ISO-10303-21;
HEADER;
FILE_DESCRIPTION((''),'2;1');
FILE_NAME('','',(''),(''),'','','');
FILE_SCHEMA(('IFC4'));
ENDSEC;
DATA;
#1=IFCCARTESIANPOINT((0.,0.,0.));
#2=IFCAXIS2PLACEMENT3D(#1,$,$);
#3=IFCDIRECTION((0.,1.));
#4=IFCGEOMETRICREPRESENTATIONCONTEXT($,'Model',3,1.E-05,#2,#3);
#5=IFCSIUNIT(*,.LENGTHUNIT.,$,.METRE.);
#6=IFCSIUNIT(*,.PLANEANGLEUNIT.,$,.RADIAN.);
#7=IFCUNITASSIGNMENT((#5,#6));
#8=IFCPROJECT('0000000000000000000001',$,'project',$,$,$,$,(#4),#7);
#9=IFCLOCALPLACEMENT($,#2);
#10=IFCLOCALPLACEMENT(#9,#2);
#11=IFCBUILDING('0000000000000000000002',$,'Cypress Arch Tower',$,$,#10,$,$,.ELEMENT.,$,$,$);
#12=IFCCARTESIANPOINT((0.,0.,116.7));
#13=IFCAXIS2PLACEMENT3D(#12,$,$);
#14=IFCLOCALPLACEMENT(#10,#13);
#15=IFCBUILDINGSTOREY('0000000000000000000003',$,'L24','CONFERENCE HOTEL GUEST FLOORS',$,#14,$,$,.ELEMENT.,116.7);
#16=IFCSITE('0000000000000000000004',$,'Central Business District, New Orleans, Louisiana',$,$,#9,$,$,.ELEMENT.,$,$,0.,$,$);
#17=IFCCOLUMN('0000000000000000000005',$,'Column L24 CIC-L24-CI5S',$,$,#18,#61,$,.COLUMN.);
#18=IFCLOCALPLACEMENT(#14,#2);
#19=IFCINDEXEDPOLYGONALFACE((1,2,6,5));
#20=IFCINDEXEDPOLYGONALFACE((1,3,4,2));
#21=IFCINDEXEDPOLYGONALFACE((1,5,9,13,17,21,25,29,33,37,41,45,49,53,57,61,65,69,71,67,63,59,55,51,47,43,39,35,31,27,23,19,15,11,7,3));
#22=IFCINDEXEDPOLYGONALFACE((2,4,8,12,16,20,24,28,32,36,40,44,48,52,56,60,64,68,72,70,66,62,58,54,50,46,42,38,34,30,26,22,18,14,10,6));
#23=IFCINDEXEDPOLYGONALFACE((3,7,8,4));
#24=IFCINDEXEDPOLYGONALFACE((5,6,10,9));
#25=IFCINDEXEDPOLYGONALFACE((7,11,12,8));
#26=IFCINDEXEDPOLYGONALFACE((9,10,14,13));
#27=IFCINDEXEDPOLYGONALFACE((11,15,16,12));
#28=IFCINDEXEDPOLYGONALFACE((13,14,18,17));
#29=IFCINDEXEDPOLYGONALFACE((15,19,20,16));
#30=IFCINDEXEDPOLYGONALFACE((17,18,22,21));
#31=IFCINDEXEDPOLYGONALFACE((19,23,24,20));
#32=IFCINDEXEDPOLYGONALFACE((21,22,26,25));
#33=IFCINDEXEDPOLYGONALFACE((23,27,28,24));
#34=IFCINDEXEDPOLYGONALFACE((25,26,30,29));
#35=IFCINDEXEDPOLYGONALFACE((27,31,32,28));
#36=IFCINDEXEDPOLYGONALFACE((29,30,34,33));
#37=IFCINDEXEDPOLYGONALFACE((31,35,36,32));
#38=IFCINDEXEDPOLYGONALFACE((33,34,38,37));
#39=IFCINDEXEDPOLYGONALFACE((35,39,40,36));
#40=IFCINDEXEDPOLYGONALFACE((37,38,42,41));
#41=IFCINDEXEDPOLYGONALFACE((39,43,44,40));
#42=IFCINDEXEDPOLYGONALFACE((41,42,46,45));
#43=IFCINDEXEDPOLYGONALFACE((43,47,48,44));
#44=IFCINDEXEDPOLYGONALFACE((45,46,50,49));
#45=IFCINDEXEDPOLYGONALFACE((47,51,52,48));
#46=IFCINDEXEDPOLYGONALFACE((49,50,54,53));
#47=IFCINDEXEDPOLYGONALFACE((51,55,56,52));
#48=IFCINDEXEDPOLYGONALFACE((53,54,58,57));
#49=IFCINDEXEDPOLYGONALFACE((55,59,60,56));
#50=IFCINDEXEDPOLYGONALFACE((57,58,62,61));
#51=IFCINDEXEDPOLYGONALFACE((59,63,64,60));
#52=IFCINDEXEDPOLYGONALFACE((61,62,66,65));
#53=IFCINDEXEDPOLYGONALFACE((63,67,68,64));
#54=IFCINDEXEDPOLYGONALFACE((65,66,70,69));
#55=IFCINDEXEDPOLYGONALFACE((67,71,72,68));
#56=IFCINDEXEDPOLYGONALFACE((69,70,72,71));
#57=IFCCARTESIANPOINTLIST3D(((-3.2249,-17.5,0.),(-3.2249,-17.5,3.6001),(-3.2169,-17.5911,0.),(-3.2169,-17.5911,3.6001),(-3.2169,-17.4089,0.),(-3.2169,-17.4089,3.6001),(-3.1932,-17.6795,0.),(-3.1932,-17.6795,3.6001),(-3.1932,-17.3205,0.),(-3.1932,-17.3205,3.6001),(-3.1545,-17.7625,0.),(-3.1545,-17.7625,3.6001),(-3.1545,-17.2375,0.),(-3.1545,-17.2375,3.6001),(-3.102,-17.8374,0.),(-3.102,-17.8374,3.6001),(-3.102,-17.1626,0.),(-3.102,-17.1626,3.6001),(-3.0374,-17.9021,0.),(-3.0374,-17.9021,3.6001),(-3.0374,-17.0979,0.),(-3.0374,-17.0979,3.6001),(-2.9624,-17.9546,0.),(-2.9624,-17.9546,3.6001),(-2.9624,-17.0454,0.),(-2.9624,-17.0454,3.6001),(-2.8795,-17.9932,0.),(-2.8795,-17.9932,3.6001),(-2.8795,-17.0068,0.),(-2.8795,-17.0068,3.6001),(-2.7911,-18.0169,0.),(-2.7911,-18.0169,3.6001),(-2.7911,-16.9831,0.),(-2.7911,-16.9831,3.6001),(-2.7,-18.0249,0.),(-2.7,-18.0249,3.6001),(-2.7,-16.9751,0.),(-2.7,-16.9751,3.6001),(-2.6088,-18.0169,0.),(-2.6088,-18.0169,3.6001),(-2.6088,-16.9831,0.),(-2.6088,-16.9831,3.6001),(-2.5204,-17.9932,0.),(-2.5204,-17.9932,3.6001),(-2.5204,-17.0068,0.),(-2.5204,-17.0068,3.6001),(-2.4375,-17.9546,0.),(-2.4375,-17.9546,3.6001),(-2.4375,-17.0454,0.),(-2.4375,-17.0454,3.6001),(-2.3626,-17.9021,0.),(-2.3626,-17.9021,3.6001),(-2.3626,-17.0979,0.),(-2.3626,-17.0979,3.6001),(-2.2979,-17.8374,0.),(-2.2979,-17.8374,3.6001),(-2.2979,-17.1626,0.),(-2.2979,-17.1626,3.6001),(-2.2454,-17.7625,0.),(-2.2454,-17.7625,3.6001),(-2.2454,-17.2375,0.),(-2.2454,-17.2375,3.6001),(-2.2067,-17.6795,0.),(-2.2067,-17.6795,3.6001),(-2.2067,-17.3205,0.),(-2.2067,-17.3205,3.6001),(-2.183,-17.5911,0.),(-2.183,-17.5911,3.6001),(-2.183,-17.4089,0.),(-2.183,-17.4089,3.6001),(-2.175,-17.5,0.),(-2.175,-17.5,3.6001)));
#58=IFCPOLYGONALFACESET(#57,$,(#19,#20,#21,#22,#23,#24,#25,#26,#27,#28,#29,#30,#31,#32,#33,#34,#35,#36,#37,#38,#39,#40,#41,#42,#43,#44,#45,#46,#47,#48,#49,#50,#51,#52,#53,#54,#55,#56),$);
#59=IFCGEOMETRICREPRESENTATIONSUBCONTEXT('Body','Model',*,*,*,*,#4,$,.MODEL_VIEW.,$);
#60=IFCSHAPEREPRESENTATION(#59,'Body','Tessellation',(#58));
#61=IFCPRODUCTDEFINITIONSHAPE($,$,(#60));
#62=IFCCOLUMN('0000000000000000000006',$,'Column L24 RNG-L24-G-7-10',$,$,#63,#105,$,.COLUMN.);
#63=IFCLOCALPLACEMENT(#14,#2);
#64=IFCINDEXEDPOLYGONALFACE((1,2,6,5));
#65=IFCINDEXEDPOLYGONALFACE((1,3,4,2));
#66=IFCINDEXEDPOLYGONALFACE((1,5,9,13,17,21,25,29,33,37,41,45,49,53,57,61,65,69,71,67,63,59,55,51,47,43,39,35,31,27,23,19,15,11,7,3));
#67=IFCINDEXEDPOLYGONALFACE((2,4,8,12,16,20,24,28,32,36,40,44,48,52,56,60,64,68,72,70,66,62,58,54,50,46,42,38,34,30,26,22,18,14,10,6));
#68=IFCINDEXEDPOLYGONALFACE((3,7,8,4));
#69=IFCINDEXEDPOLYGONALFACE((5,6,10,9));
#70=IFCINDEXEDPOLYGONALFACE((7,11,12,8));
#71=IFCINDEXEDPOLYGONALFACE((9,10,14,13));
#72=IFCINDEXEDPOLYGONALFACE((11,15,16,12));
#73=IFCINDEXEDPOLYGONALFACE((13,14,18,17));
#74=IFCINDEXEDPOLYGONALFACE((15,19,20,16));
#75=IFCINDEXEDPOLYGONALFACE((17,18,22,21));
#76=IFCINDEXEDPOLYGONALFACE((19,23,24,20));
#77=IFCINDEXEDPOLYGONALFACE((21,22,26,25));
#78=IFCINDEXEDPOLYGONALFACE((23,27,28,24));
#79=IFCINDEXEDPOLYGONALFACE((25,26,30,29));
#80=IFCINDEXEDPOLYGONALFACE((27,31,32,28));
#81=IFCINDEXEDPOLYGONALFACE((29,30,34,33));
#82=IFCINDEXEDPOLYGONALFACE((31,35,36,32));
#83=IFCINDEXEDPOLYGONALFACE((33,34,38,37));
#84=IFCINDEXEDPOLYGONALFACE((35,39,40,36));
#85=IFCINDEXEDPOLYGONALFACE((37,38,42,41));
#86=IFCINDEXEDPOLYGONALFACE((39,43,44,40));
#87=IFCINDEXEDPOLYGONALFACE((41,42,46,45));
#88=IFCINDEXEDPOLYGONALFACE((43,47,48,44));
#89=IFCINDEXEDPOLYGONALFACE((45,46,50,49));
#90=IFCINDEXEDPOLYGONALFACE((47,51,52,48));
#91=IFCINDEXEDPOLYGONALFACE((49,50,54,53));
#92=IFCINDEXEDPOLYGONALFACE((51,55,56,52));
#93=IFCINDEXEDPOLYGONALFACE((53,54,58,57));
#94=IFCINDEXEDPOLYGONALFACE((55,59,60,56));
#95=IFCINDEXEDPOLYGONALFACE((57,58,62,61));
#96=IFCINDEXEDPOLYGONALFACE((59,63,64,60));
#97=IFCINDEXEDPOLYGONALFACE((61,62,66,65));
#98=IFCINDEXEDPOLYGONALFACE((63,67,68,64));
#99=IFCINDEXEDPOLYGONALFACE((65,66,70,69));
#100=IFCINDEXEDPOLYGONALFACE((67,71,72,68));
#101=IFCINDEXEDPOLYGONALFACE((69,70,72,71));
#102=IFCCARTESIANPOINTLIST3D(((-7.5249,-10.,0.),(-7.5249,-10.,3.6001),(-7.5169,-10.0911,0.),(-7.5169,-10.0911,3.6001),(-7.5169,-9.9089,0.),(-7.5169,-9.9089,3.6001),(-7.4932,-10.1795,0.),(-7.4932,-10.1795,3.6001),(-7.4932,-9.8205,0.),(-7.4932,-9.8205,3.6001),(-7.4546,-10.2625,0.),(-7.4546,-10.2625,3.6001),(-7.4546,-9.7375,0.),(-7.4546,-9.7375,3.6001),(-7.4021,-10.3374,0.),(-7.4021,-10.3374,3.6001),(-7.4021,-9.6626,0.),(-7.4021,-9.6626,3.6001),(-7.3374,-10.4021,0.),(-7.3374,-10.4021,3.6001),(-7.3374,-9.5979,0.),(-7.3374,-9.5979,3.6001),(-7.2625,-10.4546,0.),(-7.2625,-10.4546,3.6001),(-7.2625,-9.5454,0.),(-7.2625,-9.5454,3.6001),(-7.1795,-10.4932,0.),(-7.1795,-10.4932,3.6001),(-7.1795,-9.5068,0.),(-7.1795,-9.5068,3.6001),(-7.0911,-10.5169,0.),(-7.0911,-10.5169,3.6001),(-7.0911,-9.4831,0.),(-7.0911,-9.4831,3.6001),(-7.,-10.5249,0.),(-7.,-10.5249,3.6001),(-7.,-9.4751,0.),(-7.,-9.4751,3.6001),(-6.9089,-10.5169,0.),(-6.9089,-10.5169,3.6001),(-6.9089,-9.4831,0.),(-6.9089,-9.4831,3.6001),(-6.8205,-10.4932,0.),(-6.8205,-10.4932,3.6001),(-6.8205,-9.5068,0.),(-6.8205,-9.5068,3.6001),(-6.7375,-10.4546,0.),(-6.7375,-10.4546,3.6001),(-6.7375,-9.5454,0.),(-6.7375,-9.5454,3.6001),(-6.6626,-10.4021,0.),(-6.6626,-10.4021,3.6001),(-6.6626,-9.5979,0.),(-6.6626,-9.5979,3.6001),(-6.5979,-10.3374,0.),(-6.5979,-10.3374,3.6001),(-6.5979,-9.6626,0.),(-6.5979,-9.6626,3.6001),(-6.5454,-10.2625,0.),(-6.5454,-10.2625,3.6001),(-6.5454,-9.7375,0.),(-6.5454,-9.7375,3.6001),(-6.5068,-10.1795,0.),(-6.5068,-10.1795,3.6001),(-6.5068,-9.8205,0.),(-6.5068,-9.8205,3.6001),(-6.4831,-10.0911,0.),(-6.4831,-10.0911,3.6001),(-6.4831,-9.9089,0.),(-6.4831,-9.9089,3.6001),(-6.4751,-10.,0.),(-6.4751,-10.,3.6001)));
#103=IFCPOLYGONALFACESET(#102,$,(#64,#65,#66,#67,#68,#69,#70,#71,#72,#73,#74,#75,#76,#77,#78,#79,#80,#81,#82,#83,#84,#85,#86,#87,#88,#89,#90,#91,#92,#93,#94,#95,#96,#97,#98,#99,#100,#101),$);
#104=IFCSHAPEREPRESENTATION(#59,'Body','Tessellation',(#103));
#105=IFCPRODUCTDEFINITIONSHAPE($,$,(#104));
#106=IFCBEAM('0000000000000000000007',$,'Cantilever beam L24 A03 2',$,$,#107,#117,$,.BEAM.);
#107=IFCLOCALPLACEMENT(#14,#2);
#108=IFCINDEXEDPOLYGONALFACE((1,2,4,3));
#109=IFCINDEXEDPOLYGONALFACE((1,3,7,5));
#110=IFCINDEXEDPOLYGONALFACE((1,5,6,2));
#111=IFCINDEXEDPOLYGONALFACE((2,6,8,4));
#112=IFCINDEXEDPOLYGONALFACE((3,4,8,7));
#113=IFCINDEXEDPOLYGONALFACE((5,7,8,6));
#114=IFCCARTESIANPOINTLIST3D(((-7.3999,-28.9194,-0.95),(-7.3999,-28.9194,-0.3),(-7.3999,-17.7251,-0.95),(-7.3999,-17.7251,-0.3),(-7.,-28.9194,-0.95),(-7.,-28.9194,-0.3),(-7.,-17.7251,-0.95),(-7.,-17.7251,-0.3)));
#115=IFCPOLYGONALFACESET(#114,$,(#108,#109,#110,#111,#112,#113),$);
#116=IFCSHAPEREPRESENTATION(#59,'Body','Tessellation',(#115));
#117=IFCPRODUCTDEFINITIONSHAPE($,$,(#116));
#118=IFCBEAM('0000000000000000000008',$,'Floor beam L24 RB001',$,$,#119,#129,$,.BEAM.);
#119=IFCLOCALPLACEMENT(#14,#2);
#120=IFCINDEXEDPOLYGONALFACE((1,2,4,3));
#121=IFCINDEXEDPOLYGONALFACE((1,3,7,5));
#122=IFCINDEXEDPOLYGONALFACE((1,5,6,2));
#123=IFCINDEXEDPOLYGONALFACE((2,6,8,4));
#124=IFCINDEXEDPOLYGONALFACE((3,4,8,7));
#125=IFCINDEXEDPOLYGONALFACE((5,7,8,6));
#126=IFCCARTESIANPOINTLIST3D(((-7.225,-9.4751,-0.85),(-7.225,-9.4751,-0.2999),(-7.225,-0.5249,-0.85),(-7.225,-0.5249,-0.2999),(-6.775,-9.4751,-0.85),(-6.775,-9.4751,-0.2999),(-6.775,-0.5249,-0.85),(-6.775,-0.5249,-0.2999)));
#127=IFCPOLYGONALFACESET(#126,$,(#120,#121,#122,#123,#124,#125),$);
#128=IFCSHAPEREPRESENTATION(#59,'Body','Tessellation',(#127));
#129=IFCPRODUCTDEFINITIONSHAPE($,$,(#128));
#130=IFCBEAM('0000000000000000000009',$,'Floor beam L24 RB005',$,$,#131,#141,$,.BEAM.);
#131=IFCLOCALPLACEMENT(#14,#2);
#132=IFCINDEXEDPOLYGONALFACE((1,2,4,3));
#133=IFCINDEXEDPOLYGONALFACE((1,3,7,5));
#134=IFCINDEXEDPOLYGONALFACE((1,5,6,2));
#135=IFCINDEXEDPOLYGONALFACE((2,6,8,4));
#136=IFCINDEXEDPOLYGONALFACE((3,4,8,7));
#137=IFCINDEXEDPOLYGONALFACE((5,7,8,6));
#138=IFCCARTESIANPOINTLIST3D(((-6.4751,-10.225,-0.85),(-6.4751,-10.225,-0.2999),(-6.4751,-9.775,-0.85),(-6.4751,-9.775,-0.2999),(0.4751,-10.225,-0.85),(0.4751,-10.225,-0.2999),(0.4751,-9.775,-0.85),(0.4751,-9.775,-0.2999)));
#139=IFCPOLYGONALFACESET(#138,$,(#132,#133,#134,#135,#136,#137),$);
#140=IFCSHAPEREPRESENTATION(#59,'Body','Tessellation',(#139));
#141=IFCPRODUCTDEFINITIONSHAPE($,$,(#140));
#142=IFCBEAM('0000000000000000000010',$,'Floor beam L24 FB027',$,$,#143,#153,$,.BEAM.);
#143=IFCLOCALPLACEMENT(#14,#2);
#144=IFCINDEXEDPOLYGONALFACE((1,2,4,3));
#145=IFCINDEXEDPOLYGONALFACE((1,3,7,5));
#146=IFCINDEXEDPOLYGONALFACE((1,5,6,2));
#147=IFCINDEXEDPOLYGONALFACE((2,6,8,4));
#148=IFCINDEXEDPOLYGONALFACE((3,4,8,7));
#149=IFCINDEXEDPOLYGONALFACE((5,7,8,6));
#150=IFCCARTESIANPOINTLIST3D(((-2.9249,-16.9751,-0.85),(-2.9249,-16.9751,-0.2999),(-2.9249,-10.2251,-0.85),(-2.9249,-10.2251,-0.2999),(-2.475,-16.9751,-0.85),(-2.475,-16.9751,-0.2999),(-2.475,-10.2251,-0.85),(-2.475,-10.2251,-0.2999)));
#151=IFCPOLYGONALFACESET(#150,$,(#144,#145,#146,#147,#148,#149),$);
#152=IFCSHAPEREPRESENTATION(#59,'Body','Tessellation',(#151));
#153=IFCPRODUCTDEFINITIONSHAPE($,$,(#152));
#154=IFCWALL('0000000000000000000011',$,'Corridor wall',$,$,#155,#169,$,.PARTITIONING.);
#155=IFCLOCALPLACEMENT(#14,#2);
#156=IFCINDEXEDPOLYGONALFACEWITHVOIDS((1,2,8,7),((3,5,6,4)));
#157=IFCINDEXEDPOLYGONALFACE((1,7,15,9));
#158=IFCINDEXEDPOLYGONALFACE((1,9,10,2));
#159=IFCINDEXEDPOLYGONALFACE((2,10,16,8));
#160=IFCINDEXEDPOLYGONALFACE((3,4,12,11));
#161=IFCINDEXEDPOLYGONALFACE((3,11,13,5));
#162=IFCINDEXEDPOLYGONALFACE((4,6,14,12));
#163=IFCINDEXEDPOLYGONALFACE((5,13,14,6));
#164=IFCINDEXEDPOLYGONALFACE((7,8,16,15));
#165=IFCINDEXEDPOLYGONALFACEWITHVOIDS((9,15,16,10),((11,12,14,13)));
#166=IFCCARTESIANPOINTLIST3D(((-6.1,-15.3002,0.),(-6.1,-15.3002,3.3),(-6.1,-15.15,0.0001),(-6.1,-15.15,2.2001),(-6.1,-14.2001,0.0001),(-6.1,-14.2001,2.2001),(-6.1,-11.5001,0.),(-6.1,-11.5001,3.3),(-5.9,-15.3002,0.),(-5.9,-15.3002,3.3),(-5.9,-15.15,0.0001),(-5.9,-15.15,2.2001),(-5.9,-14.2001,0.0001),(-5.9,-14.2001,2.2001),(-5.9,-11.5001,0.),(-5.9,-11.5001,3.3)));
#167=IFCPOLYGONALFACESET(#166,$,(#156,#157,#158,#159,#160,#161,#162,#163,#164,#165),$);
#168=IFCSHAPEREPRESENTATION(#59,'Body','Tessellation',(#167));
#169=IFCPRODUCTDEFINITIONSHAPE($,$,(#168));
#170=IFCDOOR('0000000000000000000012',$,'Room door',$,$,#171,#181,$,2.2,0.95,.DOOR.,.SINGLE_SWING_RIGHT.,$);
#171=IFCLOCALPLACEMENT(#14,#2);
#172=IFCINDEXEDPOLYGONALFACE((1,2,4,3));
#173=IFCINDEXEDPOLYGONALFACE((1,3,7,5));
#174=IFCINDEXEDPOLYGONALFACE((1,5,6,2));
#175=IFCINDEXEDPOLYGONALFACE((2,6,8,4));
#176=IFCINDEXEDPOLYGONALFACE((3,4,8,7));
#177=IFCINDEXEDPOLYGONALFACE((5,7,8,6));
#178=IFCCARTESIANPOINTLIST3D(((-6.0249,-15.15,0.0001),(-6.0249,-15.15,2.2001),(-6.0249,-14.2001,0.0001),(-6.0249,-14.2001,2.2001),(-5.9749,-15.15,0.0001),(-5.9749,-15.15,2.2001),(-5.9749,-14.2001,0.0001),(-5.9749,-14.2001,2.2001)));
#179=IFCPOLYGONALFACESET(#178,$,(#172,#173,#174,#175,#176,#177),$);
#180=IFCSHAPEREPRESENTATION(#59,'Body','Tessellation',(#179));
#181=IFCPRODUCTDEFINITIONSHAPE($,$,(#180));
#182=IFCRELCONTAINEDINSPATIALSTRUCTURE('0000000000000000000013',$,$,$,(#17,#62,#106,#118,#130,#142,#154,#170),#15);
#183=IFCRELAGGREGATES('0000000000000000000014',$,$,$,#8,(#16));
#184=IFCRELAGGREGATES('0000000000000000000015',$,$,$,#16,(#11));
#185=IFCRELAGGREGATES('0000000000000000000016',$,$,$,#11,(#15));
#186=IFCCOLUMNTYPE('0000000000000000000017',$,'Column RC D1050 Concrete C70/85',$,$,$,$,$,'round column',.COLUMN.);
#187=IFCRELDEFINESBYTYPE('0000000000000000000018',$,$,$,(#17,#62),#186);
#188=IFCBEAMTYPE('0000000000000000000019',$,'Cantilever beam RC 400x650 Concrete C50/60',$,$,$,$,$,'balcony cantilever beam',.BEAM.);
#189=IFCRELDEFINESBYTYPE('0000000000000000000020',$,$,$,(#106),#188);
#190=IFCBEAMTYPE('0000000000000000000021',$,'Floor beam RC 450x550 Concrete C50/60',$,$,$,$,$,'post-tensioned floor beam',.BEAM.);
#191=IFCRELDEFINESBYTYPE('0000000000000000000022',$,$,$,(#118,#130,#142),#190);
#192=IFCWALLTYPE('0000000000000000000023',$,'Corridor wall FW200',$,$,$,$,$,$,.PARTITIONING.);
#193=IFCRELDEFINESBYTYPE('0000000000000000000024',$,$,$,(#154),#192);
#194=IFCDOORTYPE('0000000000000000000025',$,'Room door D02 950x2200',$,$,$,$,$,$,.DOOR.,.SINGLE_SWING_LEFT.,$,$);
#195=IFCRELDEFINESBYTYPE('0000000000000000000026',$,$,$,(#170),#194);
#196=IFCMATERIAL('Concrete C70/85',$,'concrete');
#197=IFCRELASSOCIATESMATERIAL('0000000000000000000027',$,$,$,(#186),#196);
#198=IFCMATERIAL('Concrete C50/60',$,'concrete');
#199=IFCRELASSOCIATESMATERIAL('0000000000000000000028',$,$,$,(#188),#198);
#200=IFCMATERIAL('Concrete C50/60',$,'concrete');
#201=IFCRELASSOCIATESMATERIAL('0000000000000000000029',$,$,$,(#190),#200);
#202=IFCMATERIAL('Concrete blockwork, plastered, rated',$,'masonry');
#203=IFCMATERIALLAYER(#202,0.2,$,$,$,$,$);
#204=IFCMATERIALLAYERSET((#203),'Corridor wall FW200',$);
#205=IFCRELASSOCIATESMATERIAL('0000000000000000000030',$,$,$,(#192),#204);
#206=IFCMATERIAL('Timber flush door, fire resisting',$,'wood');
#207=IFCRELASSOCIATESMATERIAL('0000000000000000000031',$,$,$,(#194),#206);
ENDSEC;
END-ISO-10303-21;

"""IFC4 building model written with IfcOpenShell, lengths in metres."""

from ifc_helpers import new_model, si_unit, direction, frame, frame_2d, origin, origin_2d, place, context, subcontext, project, spatial, rectangle, circle, extrude, material, layer, layer_set, material_profile, profile_set, type_object, element, fill, save


model = new_model("IFC4")

# Units and contexts
model_context = context("Model", 3, precision=1e-05, world=origin(), true_north=direction((0.0, 1.0)))
body_context = subcontext(model_context, "Body", "Model", "MODEL_VIEW")
ifc_project = project(units=[si_unit("LENGTHUNIT", "METRE"), si_unit("PLANEANGLEUNIT", "RADIAN")], contexts=[model_context])

# Site, building, storey
site_placement = place(None, origin())
site = spatial("IfcSite", under=ifc_project, at=site_placement, Name="Central Business District, New Orleans, Louisiana", CompositionType="ELEMENT", RefElevation=0.0)
building_placement = place(site_placement, origin())
building = spatial("IfcBuilding", under=site, at=building_placement, Name="Cypress Arch Tower", CompositionType="ELEMENT")
storey_placement = place(building_placement, frame((0.0, 0.0, 116.7)))
storey = spatial("IfcBuildingStorey", under=building, at=storey_placement, Name="L24", Description="CONFERENCE HOTEL GUEST FLOORS", CompositionType="ELEMENT", Elevation=116.7)

# Columns
ifc_material_1 = material(Name="Concrete C70/85", Category="concrete")
ifc_material_profile_1 = material_profile(ifc_material_1, circle(Radius=0.5249, at=origin_2d()), Name="RC D1050")
ifc_profile_set_1 = profile_set([ifc_material_profile_1], Name="Concrete C70/85")
column_type = type_object("IfcColumnType", Name="Column RC D1050 Concrete C70/85", ElementType="round column", PredefinedType="COLUMN", material=ifc_profile_set_1)
for number, where, z_axis, x_axis, name in (
    (1, (-2.7, -17.5, 0.0), (0.0, 0.0, 1.0), (1.0, 0.0, 0.0), "Column L24 CIC-L24-CI5S"),
    (2, (-7.0, -10.0, 0.0), (0.0, 0.0, 1.0), (1.0, 0.0, 0.0), "Column L24 RNG-L24-G-7-10"),
):
    element("IfcColumn", number, at=place(storey_placement, frame(where, z_axis=z_axis, x_axis=x_axis)), inside=storey, type_object=column_type, Name=name, PredefinedType="COLUMN", context=body_context, shape_type="SweptSolid", body=[
        extrude(circle(Radius=0.5249, at=origin_2d()), origin(), (0.0, 0.0, 1.0), 3.6001),
    ])

# Beams
ifc_material_2 = material(Name="Concrete C50/60", Category="concrete")
ifc_material_profile_2 = material_profile(ifc_material_2, rectangle(XDim=0.3999, YDim=0.6499, at=origin_2d()), Name="RC 400x650")
ifc_profile_set_2 = profile_set([ifc_material_profile_2], Name="Concrete C50/60")
beam_type_1 = type_object("IfcBeamType", Name="Cantilever beam RC 400x650 Concrete C50/60", ElementType="balcony cantilever beam", PredefinedType="BEAM", material=ifc_profile_set_2)
beam_1_placement = place(storey_placement, frame((-7.2, -17.7251, -0.625), z_axis=(0.0, -1.0, 0.0), x_axis=(1.0, 0.0, 0.0)))
element("IfcBeam", 3, at=beam_1_placement, inside=storey, type_object=beam_type_1, Name="Cantilever beam L24 A03 2", PredefinedType="BEAM", context=body_context, shape_type="SweptSolid", body=[
    extrude(rectangle(XDim=0.3999, YDim=0.6499, at=origin_2d()), origin(), (0.0, 0.0, 1.0), 11.1943),
])
ifc_material_3 = material(Name="Concrete C50/60", Category="concrete")
ifc_material_profile_3 = material_profile(ifc_material_3, rectangle(XDim=0.45, YDim=0.55, at=origin_2d()), Name="RC 450x550")
ifc_profile_set_3 = profile_set([ifc_material_profile_3], Name="Concrete C50/60")
beam_type_2 = type_object("IfcBeamType", Name="Floor beam RC 450x550 Concrete C50/60", ElementType="post-tensioned floor beam", PredefinedType="BEAM", material=ifc_profile_set_3)
beam_2_placement = place(storey_placement, frame((-7.0, -9.4751, -0.575), z_axis=(0.0, 1.0, 0.0), x_axis=(-1.0, 0.0, 0.0)))
element("IfcBeam", 4, at=beam_2_placement, inside=storey, type_object=beam_type_2, Name="Floor beam L24 RB001", PredefinedType="BEAM", context=body_context, shape_type="SweptSolid", body=[
    extrude(rectangle(XDim=0.45, YDim=0.55, at=origin_2d()), origin(), (0.0, 0.0, 1.0), 8.9502),
])
beam_3_placement = place(storey_placement, frame((-6.4751, -10.0, -0.575), z_axis=(1.0, 0.0, 0.0), x_axis=(0.0, 1.0, 0.0)))
element("IfcBeam", 5, at=beam_3_placement, inside=storey, type_object=beam_type_2, Name="Floor beam L24 RB005", PredefinedType="BEAM", context=body_context, shape_type="SweptSolid", body=[
    extrude(rectangle(XDim=0.45, YDim=0.55, at=origin_2d()), origin(), (0.0, 0.0, 1.0), 6.9502),
])
beam_4_placement = place(storey_placement, frame((-2.7, -16.9751, -0.575), z_axis=(0.0, 1.0, 0.0), x_axis=(-1.0, 0.0, 0.0)))
element("IfcBeam", 6, at=beam_4_placement, inside=storey, type_object=beam_type_2, Name="Floor beam L24 FB027", PredefinedType="BEAM", context=body_context, shape_type="SweptSolid", body=[
    extrude(rectangle(XDim=0.45, YDim=0.55, at=origin_2d()), origin(), (0.0, 0.0, 1.0), 6.75),
])

# Wall, opening, door
ifc_material_4 = material(Name="Concrete blockwork, plastered, rated", Category="masonry")
ifc_layer_1 = layer(ifc_material_4, 0.2)
ifc_layer_set_1 = layer_set([ifc_layer_1], Name="Corridor wall FW200")
wall_type_1 = type_object("IfcWallType", Name="Corridor wall FW200", PredefinedType="PARTITIONING", material=ifc_layer_set_1)
wall_1_placement = place(storey_placement, frame((-6.0, -15.3, 0.0), z_axis=(0.0, 0.0, 1.0), x_axis=(0.0, 1.0, 0.0)))
wall_1 = element("IfcWall", 7, at=wall_1_placement, inside=storey, type_object=wall_type_1, Name="Corridor wall", PredefinedType="PARTITIONING", context=body_context, shape_type="SweptSolid", body=[
    extrude(rectangle(XDim=3.8, YDim=0.2, at=frame_2d((1.8999, 0.0))), origin(), (0.0, 0.0, 1.0), 3.3),
])
opening_1_placement = place(wall_1_placement, frame((0.1499, 0.0, 0.0)))
opening_1 = element("IfcOpeningElement", 8, at=opening_1_placement, cuts=wall_1, PredefinedType="OPENING", context=body_context, shape_type="SweptSolid", body=[
    extrude(rectangle(XDim=0.95, YDim=2.2, at=frame_2d((0.4751, 1.1001))), frame((0.0, 0.1099, 0.0), z_axis=(0.0, -1.0, 0.0), x_axis=(1.0, 0.0, 0.0)), (0.0, 0.0, 1.0), 0.22),
])
ifc_material_5 = material(Name="Timber flush door, fire resisting", Category="wood")
door_type_1 = type_object("IfcDoorType", Name="Room door D02 950x2200", OperationType="SINGLE_SWING_LEFT", PredefinedType="DOOR", material=ifc_material_5)
door_1_placement = place(opening_1_placement, origin())
door_1 = element("IfcDoor", 9, at=door_1_placement, inside=storey, type_object=door_type_1, Name="Room door", OperationType="SINGLE_SWING_RIGHT", OverallHeight=2.2, OverallWidth=0.95, PredefinedType="DOOR", context=body_context, shape_type="SweptSolid", body=[
    extrude(rectangle(XDim=0.95, YDim=2.2, at=frame_2d((0.4751, 1.1001))), frame((0.0, 0.0249, 0.0), z_axis=(0.0, -1.0, 0.0), x_axis=(1.0, 0.0, 0.0)), (0.0, 0.0, 1.0), 0.05),
])
fill(opening_1, door_1)

save(model, "model.ifc")
